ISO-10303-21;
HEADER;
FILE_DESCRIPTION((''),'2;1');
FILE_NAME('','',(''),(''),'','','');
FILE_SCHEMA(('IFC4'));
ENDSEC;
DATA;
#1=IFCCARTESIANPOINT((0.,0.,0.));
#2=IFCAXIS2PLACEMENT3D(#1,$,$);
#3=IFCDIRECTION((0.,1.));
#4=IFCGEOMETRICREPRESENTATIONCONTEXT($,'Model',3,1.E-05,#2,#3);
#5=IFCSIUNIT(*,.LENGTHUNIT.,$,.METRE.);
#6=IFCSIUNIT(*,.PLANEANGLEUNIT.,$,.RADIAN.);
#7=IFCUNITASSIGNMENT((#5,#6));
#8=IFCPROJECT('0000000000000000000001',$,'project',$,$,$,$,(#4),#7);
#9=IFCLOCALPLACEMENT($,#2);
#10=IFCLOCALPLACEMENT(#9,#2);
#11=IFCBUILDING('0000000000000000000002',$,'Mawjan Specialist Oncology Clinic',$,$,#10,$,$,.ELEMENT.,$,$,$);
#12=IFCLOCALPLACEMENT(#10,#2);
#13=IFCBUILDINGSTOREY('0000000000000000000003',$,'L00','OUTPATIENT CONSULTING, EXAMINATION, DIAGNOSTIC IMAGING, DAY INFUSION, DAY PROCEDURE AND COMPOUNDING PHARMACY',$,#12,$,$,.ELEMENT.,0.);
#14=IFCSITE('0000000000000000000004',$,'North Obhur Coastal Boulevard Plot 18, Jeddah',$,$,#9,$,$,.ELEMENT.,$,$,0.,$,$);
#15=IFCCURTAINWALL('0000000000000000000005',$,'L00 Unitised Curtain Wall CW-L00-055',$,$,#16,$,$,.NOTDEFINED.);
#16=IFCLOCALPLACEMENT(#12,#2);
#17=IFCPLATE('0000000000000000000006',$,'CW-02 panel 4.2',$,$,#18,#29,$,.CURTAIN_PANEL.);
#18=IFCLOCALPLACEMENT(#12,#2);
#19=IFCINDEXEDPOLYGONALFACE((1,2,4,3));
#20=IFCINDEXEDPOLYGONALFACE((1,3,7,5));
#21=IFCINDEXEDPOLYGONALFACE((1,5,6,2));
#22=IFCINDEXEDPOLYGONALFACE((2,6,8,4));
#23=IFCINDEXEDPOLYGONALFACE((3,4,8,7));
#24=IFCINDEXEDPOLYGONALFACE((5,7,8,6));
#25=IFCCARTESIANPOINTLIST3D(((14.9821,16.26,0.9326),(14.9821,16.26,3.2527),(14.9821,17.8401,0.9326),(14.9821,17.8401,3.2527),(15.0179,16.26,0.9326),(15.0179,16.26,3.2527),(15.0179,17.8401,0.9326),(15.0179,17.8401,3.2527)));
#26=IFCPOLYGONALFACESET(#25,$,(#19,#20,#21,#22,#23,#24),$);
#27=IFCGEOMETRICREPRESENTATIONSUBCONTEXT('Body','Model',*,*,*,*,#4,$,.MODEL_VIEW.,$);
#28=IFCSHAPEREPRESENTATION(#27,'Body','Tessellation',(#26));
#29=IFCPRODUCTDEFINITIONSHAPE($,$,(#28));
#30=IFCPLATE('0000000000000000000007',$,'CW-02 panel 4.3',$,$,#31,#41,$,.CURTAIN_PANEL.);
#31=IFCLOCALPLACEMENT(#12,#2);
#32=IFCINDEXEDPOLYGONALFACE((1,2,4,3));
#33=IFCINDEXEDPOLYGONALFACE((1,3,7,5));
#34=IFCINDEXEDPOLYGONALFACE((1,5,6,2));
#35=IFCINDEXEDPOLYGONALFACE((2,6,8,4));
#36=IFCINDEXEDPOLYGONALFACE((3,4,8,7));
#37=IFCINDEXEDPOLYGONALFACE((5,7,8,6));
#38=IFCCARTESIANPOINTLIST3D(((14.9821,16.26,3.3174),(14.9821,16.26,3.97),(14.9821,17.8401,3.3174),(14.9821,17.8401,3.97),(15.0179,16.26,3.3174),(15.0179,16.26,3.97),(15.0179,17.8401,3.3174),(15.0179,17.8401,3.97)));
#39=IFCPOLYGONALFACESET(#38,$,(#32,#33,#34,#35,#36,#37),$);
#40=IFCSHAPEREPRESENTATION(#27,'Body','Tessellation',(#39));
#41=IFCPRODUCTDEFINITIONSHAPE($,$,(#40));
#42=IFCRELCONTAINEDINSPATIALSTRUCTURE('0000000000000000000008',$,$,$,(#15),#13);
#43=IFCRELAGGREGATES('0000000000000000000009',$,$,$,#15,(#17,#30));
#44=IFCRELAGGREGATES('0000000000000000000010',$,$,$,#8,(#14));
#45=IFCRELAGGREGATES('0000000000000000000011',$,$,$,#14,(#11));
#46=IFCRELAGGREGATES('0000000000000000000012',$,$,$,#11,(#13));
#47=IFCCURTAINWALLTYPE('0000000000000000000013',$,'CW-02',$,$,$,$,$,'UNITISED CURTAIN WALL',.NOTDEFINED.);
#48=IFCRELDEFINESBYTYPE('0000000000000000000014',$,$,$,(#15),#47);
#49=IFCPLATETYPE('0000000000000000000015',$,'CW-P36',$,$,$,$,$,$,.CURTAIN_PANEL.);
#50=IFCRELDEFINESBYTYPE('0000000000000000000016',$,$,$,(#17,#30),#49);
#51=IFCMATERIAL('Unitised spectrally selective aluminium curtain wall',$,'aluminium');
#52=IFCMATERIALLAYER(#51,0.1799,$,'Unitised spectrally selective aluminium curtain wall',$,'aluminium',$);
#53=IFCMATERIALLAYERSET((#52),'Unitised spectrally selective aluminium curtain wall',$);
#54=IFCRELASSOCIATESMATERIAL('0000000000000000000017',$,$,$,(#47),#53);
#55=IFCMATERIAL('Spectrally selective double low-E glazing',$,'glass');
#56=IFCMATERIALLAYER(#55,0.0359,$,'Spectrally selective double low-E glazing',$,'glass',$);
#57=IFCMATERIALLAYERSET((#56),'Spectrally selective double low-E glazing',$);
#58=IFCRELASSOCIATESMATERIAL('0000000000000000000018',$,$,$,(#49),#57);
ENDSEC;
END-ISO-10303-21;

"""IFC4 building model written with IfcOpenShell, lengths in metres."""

from ifc_helpers import new_model, si_unit, direction, frame, origin, origin_2d, place, context, subcontext, project, spatial, rectangle, extrude, material, layer, layer_set, type_object, element, aggregate, save


model = new_model("IFC4")

# Units and contexts
model_context = context("Model", 3, precision=1e-05, world=origin(), true_north=direction((0.0, 1.0)))
body_context = subcontext(model_context, "Body", "Model", "MODEL_VIEW")
ifc_project = project(units=[si_unit("LENGTHUNIT", "METRE"), si_unit("PLANEANGLEUNIT", "RADIAN")], contexts=[model_context])

# Site, building, storey
site_placement = place(None, origin())
site = spatial("IfcSite", under=ifc_project, at=site_placement, Name="North Obhur Coastal Boulevard Plot 18, Jeddah", CompositionType="ELEMENT", RefElevation=0.0)
building_placement = place(site_placement, origin())
building = spatial("IfcBuilding", under=site, at=building_placement, Name="Mawjan Specialist Oncology Clinic", CompositionType="ELEMENT")
storey_placement = place(building_placement, origin())
storey = spatial("IfcBuildingStorey", under=building, at=storey_placement, Name="L00", Description="OUTPATIENT CONSULTING, EXAMINATION, DIAGNOSTIC IMAGING, DAY INFUSION, DAY PROCEDURE AND COMPOUNDING PHARMACY", CompositionType="ELEMENT", Elevation=0.0)

# Curtain wall, plates
ifc_material_1 = material(Name="Unitised spectrally selective aluminium curtain wall", Category="aluminium")
ifc_layer_1 = layer(ifc_material_1, 0.1799, Name="Unitised spectrally selective aluminium curtain wall", Category="aluminium")
ifc_layer_set_1 = layer_set([ifc_layer_1], Name="Unitised spectrally selective aluminium curtain wall")
curtain_wall_type = type_object("IfcCurtainWallType", Name="CW-02", ElementType="UNITISED CURTAIN WALL", PredefinedType="NOTDEFINED", material=ifc_layer_set_1)
curtain_wall_placement = place(storey_placement, origin())
curtain_wall = element("IfcCurtainWall", 1, at=curtain_wall_placement, inside=storey, type_object=curtain_wall_type, Name="L00 Unitised Curtain Wall CW-L00-055", PredefinedType="NOTDEFINED")
ifc_material_2 = material(Name="Spectrally selective double low-E glazing", Category="glass")
ifc_layer_2 = layer(ifc_material_2, 0.0359, Name="Spectrally selective double low-E glazing", Category="glass")
ifc_layer_set_2 = layer_set([ifc_layer_2], Name="Spectrally selective double low-E glazing")
plate_type = type_object("IfcPlateType", Name="CW-P36", PredefinedType="CURTAIN_PANEL", material=ifc_layer_set_2)
plate_1_placement = place(storey_placement, frame((15.0, 17.05, 0.9326), z_axis=(0.0, 0.0, 1.0), x_axis=(0.0, -1.0, 0.0)))
plate_1 = element("IfcPlate", 2, at=plate_1_placement, type_object=plate_type, Name="CW-02 panel 4.2", PredefinedType="CURTAIN_PANEL", context=body_context, shape_type="SweptSolid", body=[
    extrude(rectangle(XDim=1.5801, YDim=0.0359, at=origin_2d()), origin(), (0.0, 0.0, 1.0), 2.3201),
])
plate_2_placement = place(storey_placement, frame((15.0, 17.05, 3.3174), z_axis=(0.0, 0.0, 1.0), x_axis=(0.0, -1.0, 0.0)))
plate_2 = element("IfcPlate", 3, at=plate_2_placement, type_object=plate_type, Name="CW-02 panel 4.3", PredefinedType="CURTAIN_PANEL", context=body_context, shape_type="SweptSolid", body=[
    extrude(rectangle(XDim=1.5801, YDim=0.0359, at=origin_2d()), origin(), (0.0, 0.0, 1.0), 0.6526),
])
aggregate(curtain_wall, [plate_1, plate_2])

save(model, "model.ifc")
